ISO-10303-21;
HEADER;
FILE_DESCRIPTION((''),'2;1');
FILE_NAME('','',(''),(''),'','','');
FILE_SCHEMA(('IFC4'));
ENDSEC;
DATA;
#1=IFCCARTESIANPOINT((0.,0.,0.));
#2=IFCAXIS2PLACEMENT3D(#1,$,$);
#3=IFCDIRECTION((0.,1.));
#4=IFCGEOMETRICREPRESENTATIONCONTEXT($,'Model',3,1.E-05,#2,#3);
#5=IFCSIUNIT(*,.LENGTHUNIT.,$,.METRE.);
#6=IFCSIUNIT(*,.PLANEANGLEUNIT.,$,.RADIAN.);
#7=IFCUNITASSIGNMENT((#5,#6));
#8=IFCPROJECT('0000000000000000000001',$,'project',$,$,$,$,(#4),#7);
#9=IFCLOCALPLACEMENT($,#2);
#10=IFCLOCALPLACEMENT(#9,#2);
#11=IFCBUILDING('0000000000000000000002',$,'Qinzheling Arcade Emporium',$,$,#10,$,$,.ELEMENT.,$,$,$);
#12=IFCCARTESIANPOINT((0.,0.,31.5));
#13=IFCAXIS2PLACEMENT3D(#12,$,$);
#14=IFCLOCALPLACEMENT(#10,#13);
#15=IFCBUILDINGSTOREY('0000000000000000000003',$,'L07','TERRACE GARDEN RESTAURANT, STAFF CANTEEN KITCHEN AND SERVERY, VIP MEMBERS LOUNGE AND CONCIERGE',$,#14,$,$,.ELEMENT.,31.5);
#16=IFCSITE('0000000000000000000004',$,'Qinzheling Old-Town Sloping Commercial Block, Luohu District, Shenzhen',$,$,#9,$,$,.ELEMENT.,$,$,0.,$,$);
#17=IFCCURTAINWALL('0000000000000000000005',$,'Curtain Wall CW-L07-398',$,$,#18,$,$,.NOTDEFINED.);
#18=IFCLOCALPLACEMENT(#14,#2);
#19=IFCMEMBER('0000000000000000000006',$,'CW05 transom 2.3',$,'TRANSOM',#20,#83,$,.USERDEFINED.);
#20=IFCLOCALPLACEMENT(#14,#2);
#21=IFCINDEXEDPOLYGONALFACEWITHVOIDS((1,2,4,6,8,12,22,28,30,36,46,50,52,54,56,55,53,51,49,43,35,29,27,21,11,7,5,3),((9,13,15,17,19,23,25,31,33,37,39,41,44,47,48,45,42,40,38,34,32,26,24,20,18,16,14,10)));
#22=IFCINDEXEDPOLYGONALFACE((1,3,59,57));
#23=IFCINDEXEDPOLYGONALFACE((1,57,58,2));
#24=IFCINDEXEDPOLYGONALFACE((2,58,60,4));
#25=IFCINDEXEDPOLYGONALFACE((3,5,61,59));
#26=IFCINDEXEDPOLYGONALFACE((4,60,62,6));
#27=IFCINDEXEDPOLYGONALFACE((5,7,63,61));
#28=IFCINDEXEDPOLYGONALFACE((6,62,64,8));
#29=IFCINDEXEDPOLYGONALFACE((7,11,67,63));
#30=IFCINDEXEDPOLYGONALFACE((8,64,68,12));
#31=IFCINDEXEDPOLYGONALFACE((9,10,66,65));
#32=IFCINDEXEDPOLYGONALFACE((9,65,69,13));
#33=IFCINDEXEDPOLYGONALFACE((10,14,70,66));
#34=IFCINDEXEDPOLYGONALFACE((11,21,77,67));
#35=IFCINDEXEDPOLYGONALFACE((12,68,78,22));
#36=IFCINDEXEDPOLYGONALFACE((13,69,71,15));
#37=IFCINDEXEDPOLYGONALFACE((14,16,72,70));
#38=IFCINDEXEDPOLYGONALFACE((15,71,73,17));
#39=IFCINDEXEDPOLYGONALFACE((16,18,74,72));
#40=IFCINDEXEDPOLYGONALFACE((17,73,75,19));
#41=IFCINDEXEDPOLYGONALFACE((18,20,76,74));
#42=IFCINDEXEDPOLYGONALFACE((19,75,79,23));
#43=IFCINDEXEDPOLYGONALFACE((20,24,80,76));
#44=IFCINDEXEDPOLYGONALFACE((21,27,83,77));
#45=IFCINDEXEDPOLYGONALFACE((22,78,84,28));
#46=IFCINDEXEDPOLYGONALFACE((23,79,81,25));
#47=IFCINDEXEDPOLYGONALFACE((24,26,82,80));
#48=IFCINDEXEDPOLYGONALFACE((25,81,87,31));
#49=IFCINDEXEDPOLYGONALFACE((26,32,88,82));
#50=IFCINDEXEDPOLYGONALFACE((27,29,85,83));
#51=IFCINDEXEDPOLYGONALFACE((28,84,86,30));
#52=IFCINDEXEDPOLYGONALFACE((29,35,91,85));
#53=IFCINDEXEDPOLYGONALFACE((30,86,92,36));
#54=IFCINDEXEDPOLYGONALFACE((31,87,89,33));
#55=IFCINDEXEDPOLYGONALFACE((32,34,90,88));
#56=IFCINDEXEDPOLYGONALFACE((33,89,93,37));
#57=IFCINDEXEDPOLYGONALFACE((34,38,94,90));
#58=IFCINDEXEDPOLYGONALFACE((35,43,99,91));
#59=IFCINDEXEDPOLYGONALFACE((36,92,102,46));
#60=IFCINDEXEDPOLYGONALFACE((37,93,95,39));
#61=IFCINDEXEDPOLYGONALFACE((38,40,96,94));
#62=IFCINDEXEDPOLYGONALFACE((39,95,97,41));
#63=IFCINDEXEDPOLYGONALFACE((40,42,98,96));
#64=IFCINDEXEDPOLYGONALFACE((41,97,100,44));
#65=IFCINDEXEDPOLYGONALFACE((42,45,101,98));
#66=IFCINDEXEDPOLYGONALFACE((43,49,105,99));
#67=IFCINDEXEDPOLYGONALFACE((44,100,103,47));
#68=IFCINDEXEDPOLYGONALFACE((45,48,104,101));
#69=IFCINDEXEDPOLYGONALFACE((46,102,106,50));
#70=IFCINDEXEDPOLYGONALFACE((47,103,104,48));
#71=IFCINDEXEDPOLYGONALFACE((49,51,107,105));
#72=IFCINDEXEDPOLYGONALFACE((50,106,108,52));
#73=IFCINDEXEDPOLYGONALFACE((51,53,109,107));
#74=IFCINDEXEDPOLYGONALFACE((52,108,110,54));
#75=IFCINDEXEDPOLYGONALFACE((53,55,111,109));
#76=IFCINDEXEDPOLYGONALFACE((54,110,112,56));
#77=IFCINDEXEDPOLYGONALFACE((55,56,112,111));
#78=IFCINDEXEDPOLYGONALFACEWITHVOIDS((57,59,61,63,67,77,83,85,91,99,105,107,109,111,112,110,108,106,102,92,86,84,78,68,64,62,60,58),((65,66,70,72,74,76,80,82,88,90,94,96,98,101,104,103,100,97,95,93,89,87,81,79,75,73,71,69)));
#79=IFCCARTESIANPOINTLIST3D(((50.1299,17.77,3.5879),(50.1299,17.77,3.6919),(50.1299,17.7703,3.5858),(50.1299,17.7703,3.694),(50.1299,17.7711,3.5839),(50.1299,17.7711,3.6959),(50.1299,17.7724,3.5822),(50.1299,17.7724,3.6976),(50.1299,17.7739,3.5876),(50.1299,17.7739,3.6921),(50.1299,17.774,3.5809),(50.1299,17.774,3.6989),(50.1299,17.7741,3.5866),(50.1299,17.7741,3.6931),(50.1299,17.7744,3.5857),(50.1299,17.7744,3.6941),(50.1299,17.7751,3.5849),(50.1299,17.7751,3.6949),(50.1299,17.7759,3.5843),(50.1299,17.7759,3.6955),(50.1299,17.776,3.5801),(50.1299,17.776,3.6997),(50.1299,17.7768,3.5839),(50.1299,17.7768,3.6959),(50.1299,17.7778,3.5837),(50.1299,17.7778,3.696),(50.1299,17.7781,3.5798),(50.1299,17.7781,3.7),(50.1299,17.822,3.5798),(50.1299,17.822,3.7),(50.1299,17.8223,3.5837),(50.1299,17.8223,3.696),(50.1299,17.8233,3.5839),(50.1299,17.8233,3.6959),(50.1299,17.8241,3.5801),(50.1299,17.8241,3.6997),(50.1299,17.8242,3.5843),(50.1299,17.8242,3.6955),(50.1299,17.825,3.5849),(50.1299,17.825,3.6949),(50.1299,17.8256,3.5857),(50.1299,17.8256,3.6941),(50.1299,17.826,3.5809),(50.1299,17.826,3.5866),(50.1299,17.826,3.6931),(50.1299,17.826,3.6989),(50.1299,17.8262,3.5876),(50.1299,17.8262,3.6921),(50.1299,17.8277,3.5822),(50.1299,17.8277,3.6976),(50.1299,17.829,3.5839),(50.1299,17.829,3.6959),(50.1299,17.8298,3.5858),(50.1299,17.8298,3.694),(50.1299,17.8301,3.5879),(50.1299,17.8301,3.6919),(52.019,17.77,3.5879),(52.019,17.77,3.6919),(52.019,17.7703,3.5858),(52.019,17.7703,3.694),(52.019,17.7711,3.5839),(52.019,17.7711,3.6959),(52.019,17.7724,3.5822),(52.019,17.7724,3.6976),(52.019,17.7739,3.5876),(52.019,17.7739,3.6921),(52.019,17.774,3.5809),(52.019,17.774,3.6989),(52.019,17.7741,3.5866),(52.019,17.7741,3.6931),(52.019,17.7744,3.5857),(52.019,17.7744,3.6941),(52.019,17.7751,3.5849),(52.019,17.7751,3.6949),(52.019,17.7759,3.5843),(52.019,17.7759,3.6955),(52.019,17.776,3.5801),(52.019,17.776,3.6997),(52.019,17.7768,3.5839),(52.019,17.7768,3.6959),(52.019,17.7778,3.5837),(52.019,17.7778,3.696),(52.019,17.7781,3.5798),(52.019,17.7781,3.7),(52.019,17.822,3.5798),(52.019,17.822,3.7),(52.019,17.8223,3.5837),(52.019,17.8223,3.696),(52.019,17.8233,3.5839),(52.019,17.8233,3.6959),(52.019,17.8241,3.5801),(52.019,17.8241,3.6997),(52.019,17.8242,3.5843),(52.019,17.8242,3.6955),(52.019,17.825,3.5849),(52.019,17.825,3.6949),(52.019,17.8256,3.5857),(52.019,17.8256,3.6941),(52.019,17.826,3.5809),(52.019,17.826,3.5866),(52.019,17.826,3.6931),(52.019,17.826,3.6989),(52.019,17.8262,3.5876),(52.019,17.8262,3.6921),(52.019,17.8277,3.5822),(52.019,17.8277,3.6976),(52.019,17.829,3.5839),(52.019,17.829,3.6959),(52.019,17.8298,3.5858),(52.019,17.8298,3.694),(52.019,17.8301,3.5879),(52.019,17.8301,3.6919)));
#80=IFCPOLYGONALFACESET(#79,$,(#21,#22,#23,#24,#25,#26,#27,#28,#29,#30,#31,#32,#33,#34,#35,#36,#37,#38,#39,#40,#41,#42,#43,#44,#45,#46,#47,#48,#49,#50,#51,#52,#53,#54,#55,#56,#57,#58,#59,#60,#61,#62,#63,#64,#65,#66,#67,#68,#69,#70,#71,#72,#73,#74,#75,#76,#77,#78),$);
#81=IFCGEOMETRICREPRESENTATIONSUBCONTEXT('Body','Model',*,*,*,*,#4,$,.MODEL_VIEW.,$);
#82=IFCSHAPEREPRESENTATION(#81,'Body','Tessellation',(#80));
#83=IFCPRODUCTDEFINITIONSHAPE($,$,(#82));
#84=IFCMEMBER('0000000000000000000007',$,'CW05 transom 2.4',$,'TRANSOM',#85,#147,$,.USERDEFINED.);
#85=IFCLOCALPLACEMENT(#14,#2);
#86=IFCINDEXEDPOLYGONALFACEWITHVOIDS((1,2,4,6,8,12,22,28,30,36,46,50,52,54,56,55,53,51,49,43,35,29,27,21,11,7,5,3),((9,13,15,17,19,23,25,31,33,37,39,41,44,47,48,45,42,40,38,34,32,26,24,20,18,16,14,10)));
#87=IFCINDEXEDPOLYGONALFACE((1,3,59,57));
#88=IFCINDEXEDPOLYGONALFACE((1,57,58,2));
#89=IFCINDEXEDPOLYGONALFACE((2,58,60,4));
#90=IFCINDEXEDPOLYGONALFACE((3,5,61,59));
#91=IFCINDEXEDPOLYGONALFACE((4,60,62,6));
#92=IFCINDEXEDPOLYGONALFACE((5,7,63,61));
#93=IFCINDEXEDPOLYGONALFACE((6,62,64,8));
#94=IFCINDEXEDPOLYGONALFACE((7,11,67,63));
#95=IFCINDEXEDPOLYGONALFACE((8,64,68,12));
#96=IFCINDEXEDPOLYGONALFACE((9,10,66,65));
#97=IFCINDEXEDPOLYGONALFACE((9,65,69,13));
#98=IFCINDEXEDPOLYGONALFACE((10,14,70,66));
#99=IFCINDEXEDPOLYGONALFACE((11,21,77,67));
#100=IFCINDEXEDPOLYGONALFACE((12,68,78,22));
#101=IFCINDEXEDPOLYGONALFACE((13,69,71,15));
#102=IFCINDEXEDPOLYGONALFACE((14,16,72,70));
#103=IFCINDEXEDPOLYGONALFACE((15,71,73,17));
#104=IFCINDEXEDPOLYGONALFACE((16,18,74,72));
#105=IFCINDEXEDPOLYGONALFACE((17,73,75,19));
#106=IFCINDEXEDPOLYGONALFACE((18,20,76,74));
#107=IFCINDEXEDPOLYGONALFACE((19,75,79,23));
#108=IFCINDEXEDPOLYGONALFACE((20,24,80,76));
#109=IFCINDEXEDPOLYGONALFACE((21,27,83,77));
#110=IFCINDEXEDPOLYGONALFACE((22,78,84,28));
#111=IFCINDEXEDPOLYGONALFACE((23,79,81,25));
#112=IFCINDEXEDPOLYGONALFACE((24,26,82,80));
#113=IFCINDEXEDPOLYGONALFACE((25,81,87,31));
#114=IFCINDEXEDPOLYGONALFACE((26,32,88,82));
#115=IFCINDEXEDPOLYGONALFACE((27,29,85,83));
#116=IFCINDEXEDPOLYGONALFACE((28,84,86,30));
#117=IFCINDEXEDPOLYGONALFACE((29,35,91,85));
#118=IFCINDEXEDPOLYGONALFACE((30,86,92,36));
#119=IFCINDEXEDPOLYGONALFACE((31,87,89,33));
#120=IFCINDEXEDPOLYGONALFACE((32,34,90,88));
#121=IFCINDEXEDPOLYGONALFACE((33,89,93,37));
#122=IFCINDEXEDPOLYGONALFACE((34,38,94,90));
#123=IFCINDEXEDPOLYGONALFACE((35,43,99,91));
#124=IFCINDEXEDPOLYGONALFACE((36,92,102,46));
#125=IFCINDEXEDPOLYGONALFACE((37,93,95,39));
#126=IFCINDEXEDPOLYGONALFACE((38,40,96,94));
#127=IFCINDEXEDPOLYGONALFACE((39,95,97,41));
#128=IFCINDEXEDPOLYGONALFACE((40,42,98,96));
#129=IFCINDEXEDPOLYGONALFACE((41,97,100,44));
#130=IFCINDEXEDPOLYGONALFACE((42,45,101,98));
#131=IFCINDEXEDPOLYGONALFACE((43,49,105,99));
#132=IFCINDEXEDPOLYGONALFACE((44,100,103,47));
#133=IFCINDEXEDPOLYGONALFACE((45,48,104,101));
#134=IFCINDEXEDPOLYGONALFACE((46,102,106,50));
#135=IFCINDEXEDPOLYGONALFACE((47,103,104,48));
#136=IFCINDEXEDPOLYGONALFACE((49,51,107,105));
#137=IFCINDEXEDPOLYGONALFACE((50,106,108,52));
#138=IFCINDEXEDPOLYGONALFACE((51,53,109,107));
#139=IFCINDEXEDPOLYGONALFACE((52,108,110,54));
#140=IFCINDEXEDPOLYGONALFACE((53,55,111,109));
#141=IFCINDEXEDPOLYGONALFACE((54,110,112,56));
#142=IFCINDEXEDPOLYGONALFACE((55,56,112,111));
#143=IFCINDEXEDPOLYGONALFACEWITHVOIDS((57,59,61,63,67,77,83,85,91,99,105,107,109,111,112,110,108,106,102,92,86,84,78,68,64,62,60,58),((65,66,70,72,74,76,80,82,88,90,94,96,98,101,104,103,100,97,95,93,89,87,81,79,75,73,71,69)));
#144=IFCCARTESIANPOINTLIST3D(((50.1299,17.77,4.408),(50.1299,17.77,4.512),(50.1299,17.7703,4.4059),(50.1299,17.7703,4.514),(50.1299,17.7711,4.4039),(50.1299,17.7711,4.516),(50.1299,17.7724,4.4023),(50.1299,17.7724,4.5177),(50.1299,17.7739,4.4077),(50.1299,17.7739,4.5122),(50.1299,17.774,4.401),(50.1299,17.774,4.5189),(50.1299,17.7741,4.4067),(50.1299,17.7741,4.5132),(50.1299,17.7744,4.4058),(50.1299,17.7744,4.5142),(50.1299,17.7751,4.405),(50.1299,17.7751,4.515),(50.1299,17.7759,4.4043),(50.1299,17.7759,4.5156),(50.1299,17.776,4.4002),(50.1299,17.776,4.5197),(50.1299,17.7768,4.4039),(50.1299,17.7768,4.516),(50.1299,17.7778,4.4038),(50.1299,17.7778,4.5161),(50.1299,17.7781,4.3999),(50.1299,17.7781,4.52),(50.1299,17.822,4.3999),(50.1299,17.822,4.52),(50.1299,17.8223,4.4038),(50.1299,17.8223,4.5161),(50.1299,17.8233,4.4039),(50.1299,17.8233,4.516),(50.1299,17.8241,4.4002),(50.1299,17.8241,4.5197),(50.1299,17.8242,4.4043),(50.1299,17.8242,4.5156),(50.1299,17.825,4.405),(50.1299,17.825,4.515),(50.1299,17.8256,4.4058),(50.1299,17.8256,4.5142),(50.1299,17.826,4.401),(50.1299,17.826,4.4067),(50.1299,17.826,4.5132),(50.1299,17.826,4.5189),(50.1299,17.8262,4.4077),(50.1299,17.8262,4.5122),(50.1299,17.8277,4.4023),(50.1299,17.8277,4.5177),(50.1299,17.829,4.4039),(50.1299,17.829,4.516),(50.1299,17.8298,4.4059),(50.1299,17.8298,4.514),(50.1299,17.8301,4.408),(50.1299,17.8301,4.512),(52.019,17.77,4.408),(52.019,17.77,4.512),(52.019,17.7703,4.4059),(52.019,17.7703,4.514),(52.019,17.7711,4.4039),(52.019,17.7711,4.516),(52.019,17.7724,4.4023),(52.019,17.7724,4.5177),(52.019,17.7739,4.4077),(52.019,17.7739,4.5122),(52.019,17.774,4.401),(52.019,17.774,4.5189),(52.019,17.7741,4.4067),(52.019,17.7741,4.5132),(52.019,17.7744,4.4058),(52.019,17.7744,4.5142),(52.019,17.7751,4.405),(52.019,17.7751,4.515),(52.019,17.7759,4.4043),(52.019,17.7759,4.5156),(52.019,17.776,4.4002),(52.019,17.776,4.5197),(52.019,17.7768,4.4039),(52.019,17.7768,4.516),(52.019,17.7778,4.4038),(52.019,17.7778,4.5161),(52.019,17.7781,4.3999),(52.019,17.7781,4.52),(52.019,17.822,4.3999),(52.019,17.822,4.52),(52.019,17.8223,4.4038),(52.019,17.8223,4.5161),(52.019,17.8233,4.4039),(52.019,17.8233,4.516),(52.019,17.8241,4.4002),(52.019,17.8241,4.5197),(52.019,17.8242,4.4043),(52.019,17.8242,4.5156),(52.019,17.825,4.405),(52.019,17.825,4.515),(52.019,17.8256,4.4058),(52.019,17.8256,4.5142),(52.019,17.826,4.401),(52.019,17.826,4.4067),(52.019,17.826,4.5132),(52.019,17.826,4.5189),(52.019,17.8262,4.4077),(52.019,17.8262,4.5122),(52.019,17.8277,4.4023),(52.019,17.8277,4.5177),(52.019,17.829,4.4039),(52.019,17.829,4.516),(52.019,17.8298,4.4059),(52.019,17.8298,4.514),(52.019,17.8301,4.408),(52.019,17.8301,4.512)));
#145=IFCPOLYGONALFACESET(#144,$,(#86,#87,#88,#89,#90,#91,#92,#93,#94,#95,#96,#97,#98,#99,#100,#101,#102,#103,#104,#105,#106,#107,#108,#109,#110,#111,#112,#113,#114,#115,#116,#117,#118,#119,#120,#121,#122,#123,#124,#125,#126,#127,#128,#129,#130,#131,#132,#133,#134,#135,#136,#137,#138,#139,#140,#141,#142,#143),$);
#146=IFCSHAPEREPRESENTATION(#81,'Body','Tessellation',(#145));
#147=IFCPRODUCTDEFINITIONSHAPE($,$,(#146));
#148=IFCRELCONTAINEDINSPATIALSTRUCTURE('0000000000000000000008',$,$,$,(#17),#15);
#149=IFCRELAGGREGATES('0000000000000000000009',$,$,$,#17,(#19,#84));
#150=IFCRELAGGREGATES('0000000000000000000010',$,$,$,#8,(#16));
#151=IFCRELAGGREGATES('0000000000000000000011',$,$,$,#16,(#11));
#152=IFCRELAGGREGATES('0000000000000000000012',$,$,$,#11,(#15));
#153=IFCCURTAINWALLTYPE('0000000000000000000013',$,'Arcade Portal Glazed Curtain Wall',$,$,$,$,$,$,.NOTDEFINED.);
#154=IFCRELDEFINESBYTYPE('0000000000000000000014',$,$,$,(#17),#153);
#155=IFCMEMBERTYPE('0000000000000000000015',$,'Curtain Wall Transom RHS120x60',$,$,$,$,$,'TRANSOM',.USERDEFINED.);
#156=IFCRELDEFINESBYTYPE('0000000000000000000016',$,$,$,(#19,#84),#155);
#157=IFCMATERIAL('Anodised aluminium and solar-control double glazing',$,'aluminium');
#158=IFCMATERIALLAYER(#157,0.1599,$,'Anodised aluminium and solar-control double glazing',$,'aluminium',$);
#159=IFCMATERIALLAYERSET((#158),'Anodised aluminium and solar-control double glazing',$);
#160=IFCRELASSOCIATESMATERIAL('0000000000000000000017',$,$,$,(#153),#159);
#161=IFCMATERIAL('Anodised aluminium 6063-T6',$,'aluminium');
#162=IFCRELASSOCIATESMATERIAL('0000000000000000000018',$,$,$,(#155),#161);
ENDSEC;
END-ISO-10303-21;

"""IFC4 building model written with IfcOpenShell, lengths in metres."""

from ifc_helpers import new_model, si_unit, direction, frame, origin, origin_2d, place, context, subcontext, project, spatial, hollow_rectangle, extrude, material, layer, layer_set, material_profile, profile_set, type_object, element, aggregate, save


model = new_model("IFC4")

# Units and contexts
model_context = context("Model", 3, precision=1e-05, world=origin(), true_north=direction((0.0, 1.0)))
body_context = subcontext(model_context, "Body", "Model", "MODEL_VIEW")
ifc_project = project(units=[si_unit("LENGTHUNIT", "METRE"), si_unit("PLANEANGLEUNIT", "RADIAN")], contexts=[model_context])

# Site, building, storey
site_placement = place(None, origin())
site = spatial("IfcSite", under=ifc_project, at=site_placement, Name="Qinzheling Old-Town Sloping Commercial Block, Luohu District, Shenzhen", CompositionType="ELEMENT", RefElevation=0.0)
building_placement = place(site_placement, origin())
building = spatial("IfcBuilding", under=site, at=building_placement, Name="Qinzheling Arcade Emporium", CompositionType="ELEMENT")
storey_placement = place(building_placement, frame((0.0, 0.0, 31.5)))
storey = spatial("IfcBuildingStorey", under=building, at=storey_placement, Name="L07", Description="TERRACE GARDEN RESTAURANT, STAFF CANTEEN KITCHEN AND SERVERY, VIP MEMBERS LOUNGE AND CONCIERGE", CompositionType="ELEMENT", Elevation=31.5)

# Curtain wall, members
ifc_material_1 = material(Name="Anodised aluminium and solar-control double glazing", Category="aluminium")
ifc_layer_1 = layer(ifc_material_1, 0.1599, Name="Anodised aluminium and solar-control double glazing", Category="aluminium")
ifc_layer_set_1 = layer_set([ifc_layer_1], Name="Anodised aluminium and solar-control double glazing")
curtain_wall_type = type_object("IfcCurtainWallType", Name="Arcade Portal Glazed Curtain Wall", PredefinedType="NOTDEFINED", material=ifc_layer_set_1)
curtain_wall_placement = place(storey_placement, origin())
curtain_wall = element("IfcCurtainWall", 1, at=curtain_wall_placement, inside=storey, type_object=curtain_wall_type, Name="Curtain Wall CW-L07-398", PredefinedType="NOTDEFINED")
ifc_material_2 = material(Name="Anodised aluminium 6063-T6", Category="aluminium")
ifc_material_profile_1 = material_profile(ifc_material_2, hollow_rectangle(XDim=0.0601, YDim=0.1201, WallThickness=0.0039, InnerFilletRadius=0.0039, OuterFilletRadius=0.0081, at=origin_2d()), Name="RHS 120x60x4", Category="aluminium")
ifc_profile_set_1 = profile_set([ifc_material_profile_1], Name="Anodised aluminium 6063-T6")
member_type_1 = type_object("IfcMemberType", Name="Curtain Wall Transom RHS120x60", ElementType="TRANSOM", PredefinedType="USERDEFINED", material=ifc_profile_set_1)
member_1_placement = place(storey_placement, frame((52.019, 17.8, 3.6399), z_axis=(-1.0, 0.0, 0.0), x_axis=(0.0, -1.0, 0.0)))
member_1 = element("IfcMember", 2, at=member_1_placement, type_object=member_type_1, Name="CW05 transom 2.3", ObjectType="TRANSOM", PredefinedType="USERDEFINED", context=body_context, shape_type="SweptSolid", body=[
    extrude(hollow_rectangle(XDim=0.0601, YDim=0.1201, WallThickness=0.0039, InnerFilletRadius=0.0039, OuterFilletRadius=0.0081, at=origin_2d()), origin(), (0.0, 0.0, 1.0), 1.8892),
])
member_2_placement = place(storey_placement, frame((52.019, 17.8, 4.46), z_axis=(-1.0, 0.0, 0.0), x_axis=(0.0, -1.0, 0.0)))
member_2 = element("IfcMember", 3, at=member_2_placement, type_object=member_type_1, Name="CW05 transom 2.4", ObjectType="TRANSOM", PredefinedType="USERDEFINED", context=body_context, shape_type="SweptSolid", body=[
    extrude(hollow_rectangle(XDim=0.0601, YDim=0.1201, WallThickness=0.0039, InnerFilletRadius=0.0039, OuterFilletRadius=0.0081, at=origin_2d()), origin(), (0.0, 0.0, 1.0), 1.8892),
])

aggregate(curtain_wall, [member_1, member_2])

save(model, "model.ifc")
